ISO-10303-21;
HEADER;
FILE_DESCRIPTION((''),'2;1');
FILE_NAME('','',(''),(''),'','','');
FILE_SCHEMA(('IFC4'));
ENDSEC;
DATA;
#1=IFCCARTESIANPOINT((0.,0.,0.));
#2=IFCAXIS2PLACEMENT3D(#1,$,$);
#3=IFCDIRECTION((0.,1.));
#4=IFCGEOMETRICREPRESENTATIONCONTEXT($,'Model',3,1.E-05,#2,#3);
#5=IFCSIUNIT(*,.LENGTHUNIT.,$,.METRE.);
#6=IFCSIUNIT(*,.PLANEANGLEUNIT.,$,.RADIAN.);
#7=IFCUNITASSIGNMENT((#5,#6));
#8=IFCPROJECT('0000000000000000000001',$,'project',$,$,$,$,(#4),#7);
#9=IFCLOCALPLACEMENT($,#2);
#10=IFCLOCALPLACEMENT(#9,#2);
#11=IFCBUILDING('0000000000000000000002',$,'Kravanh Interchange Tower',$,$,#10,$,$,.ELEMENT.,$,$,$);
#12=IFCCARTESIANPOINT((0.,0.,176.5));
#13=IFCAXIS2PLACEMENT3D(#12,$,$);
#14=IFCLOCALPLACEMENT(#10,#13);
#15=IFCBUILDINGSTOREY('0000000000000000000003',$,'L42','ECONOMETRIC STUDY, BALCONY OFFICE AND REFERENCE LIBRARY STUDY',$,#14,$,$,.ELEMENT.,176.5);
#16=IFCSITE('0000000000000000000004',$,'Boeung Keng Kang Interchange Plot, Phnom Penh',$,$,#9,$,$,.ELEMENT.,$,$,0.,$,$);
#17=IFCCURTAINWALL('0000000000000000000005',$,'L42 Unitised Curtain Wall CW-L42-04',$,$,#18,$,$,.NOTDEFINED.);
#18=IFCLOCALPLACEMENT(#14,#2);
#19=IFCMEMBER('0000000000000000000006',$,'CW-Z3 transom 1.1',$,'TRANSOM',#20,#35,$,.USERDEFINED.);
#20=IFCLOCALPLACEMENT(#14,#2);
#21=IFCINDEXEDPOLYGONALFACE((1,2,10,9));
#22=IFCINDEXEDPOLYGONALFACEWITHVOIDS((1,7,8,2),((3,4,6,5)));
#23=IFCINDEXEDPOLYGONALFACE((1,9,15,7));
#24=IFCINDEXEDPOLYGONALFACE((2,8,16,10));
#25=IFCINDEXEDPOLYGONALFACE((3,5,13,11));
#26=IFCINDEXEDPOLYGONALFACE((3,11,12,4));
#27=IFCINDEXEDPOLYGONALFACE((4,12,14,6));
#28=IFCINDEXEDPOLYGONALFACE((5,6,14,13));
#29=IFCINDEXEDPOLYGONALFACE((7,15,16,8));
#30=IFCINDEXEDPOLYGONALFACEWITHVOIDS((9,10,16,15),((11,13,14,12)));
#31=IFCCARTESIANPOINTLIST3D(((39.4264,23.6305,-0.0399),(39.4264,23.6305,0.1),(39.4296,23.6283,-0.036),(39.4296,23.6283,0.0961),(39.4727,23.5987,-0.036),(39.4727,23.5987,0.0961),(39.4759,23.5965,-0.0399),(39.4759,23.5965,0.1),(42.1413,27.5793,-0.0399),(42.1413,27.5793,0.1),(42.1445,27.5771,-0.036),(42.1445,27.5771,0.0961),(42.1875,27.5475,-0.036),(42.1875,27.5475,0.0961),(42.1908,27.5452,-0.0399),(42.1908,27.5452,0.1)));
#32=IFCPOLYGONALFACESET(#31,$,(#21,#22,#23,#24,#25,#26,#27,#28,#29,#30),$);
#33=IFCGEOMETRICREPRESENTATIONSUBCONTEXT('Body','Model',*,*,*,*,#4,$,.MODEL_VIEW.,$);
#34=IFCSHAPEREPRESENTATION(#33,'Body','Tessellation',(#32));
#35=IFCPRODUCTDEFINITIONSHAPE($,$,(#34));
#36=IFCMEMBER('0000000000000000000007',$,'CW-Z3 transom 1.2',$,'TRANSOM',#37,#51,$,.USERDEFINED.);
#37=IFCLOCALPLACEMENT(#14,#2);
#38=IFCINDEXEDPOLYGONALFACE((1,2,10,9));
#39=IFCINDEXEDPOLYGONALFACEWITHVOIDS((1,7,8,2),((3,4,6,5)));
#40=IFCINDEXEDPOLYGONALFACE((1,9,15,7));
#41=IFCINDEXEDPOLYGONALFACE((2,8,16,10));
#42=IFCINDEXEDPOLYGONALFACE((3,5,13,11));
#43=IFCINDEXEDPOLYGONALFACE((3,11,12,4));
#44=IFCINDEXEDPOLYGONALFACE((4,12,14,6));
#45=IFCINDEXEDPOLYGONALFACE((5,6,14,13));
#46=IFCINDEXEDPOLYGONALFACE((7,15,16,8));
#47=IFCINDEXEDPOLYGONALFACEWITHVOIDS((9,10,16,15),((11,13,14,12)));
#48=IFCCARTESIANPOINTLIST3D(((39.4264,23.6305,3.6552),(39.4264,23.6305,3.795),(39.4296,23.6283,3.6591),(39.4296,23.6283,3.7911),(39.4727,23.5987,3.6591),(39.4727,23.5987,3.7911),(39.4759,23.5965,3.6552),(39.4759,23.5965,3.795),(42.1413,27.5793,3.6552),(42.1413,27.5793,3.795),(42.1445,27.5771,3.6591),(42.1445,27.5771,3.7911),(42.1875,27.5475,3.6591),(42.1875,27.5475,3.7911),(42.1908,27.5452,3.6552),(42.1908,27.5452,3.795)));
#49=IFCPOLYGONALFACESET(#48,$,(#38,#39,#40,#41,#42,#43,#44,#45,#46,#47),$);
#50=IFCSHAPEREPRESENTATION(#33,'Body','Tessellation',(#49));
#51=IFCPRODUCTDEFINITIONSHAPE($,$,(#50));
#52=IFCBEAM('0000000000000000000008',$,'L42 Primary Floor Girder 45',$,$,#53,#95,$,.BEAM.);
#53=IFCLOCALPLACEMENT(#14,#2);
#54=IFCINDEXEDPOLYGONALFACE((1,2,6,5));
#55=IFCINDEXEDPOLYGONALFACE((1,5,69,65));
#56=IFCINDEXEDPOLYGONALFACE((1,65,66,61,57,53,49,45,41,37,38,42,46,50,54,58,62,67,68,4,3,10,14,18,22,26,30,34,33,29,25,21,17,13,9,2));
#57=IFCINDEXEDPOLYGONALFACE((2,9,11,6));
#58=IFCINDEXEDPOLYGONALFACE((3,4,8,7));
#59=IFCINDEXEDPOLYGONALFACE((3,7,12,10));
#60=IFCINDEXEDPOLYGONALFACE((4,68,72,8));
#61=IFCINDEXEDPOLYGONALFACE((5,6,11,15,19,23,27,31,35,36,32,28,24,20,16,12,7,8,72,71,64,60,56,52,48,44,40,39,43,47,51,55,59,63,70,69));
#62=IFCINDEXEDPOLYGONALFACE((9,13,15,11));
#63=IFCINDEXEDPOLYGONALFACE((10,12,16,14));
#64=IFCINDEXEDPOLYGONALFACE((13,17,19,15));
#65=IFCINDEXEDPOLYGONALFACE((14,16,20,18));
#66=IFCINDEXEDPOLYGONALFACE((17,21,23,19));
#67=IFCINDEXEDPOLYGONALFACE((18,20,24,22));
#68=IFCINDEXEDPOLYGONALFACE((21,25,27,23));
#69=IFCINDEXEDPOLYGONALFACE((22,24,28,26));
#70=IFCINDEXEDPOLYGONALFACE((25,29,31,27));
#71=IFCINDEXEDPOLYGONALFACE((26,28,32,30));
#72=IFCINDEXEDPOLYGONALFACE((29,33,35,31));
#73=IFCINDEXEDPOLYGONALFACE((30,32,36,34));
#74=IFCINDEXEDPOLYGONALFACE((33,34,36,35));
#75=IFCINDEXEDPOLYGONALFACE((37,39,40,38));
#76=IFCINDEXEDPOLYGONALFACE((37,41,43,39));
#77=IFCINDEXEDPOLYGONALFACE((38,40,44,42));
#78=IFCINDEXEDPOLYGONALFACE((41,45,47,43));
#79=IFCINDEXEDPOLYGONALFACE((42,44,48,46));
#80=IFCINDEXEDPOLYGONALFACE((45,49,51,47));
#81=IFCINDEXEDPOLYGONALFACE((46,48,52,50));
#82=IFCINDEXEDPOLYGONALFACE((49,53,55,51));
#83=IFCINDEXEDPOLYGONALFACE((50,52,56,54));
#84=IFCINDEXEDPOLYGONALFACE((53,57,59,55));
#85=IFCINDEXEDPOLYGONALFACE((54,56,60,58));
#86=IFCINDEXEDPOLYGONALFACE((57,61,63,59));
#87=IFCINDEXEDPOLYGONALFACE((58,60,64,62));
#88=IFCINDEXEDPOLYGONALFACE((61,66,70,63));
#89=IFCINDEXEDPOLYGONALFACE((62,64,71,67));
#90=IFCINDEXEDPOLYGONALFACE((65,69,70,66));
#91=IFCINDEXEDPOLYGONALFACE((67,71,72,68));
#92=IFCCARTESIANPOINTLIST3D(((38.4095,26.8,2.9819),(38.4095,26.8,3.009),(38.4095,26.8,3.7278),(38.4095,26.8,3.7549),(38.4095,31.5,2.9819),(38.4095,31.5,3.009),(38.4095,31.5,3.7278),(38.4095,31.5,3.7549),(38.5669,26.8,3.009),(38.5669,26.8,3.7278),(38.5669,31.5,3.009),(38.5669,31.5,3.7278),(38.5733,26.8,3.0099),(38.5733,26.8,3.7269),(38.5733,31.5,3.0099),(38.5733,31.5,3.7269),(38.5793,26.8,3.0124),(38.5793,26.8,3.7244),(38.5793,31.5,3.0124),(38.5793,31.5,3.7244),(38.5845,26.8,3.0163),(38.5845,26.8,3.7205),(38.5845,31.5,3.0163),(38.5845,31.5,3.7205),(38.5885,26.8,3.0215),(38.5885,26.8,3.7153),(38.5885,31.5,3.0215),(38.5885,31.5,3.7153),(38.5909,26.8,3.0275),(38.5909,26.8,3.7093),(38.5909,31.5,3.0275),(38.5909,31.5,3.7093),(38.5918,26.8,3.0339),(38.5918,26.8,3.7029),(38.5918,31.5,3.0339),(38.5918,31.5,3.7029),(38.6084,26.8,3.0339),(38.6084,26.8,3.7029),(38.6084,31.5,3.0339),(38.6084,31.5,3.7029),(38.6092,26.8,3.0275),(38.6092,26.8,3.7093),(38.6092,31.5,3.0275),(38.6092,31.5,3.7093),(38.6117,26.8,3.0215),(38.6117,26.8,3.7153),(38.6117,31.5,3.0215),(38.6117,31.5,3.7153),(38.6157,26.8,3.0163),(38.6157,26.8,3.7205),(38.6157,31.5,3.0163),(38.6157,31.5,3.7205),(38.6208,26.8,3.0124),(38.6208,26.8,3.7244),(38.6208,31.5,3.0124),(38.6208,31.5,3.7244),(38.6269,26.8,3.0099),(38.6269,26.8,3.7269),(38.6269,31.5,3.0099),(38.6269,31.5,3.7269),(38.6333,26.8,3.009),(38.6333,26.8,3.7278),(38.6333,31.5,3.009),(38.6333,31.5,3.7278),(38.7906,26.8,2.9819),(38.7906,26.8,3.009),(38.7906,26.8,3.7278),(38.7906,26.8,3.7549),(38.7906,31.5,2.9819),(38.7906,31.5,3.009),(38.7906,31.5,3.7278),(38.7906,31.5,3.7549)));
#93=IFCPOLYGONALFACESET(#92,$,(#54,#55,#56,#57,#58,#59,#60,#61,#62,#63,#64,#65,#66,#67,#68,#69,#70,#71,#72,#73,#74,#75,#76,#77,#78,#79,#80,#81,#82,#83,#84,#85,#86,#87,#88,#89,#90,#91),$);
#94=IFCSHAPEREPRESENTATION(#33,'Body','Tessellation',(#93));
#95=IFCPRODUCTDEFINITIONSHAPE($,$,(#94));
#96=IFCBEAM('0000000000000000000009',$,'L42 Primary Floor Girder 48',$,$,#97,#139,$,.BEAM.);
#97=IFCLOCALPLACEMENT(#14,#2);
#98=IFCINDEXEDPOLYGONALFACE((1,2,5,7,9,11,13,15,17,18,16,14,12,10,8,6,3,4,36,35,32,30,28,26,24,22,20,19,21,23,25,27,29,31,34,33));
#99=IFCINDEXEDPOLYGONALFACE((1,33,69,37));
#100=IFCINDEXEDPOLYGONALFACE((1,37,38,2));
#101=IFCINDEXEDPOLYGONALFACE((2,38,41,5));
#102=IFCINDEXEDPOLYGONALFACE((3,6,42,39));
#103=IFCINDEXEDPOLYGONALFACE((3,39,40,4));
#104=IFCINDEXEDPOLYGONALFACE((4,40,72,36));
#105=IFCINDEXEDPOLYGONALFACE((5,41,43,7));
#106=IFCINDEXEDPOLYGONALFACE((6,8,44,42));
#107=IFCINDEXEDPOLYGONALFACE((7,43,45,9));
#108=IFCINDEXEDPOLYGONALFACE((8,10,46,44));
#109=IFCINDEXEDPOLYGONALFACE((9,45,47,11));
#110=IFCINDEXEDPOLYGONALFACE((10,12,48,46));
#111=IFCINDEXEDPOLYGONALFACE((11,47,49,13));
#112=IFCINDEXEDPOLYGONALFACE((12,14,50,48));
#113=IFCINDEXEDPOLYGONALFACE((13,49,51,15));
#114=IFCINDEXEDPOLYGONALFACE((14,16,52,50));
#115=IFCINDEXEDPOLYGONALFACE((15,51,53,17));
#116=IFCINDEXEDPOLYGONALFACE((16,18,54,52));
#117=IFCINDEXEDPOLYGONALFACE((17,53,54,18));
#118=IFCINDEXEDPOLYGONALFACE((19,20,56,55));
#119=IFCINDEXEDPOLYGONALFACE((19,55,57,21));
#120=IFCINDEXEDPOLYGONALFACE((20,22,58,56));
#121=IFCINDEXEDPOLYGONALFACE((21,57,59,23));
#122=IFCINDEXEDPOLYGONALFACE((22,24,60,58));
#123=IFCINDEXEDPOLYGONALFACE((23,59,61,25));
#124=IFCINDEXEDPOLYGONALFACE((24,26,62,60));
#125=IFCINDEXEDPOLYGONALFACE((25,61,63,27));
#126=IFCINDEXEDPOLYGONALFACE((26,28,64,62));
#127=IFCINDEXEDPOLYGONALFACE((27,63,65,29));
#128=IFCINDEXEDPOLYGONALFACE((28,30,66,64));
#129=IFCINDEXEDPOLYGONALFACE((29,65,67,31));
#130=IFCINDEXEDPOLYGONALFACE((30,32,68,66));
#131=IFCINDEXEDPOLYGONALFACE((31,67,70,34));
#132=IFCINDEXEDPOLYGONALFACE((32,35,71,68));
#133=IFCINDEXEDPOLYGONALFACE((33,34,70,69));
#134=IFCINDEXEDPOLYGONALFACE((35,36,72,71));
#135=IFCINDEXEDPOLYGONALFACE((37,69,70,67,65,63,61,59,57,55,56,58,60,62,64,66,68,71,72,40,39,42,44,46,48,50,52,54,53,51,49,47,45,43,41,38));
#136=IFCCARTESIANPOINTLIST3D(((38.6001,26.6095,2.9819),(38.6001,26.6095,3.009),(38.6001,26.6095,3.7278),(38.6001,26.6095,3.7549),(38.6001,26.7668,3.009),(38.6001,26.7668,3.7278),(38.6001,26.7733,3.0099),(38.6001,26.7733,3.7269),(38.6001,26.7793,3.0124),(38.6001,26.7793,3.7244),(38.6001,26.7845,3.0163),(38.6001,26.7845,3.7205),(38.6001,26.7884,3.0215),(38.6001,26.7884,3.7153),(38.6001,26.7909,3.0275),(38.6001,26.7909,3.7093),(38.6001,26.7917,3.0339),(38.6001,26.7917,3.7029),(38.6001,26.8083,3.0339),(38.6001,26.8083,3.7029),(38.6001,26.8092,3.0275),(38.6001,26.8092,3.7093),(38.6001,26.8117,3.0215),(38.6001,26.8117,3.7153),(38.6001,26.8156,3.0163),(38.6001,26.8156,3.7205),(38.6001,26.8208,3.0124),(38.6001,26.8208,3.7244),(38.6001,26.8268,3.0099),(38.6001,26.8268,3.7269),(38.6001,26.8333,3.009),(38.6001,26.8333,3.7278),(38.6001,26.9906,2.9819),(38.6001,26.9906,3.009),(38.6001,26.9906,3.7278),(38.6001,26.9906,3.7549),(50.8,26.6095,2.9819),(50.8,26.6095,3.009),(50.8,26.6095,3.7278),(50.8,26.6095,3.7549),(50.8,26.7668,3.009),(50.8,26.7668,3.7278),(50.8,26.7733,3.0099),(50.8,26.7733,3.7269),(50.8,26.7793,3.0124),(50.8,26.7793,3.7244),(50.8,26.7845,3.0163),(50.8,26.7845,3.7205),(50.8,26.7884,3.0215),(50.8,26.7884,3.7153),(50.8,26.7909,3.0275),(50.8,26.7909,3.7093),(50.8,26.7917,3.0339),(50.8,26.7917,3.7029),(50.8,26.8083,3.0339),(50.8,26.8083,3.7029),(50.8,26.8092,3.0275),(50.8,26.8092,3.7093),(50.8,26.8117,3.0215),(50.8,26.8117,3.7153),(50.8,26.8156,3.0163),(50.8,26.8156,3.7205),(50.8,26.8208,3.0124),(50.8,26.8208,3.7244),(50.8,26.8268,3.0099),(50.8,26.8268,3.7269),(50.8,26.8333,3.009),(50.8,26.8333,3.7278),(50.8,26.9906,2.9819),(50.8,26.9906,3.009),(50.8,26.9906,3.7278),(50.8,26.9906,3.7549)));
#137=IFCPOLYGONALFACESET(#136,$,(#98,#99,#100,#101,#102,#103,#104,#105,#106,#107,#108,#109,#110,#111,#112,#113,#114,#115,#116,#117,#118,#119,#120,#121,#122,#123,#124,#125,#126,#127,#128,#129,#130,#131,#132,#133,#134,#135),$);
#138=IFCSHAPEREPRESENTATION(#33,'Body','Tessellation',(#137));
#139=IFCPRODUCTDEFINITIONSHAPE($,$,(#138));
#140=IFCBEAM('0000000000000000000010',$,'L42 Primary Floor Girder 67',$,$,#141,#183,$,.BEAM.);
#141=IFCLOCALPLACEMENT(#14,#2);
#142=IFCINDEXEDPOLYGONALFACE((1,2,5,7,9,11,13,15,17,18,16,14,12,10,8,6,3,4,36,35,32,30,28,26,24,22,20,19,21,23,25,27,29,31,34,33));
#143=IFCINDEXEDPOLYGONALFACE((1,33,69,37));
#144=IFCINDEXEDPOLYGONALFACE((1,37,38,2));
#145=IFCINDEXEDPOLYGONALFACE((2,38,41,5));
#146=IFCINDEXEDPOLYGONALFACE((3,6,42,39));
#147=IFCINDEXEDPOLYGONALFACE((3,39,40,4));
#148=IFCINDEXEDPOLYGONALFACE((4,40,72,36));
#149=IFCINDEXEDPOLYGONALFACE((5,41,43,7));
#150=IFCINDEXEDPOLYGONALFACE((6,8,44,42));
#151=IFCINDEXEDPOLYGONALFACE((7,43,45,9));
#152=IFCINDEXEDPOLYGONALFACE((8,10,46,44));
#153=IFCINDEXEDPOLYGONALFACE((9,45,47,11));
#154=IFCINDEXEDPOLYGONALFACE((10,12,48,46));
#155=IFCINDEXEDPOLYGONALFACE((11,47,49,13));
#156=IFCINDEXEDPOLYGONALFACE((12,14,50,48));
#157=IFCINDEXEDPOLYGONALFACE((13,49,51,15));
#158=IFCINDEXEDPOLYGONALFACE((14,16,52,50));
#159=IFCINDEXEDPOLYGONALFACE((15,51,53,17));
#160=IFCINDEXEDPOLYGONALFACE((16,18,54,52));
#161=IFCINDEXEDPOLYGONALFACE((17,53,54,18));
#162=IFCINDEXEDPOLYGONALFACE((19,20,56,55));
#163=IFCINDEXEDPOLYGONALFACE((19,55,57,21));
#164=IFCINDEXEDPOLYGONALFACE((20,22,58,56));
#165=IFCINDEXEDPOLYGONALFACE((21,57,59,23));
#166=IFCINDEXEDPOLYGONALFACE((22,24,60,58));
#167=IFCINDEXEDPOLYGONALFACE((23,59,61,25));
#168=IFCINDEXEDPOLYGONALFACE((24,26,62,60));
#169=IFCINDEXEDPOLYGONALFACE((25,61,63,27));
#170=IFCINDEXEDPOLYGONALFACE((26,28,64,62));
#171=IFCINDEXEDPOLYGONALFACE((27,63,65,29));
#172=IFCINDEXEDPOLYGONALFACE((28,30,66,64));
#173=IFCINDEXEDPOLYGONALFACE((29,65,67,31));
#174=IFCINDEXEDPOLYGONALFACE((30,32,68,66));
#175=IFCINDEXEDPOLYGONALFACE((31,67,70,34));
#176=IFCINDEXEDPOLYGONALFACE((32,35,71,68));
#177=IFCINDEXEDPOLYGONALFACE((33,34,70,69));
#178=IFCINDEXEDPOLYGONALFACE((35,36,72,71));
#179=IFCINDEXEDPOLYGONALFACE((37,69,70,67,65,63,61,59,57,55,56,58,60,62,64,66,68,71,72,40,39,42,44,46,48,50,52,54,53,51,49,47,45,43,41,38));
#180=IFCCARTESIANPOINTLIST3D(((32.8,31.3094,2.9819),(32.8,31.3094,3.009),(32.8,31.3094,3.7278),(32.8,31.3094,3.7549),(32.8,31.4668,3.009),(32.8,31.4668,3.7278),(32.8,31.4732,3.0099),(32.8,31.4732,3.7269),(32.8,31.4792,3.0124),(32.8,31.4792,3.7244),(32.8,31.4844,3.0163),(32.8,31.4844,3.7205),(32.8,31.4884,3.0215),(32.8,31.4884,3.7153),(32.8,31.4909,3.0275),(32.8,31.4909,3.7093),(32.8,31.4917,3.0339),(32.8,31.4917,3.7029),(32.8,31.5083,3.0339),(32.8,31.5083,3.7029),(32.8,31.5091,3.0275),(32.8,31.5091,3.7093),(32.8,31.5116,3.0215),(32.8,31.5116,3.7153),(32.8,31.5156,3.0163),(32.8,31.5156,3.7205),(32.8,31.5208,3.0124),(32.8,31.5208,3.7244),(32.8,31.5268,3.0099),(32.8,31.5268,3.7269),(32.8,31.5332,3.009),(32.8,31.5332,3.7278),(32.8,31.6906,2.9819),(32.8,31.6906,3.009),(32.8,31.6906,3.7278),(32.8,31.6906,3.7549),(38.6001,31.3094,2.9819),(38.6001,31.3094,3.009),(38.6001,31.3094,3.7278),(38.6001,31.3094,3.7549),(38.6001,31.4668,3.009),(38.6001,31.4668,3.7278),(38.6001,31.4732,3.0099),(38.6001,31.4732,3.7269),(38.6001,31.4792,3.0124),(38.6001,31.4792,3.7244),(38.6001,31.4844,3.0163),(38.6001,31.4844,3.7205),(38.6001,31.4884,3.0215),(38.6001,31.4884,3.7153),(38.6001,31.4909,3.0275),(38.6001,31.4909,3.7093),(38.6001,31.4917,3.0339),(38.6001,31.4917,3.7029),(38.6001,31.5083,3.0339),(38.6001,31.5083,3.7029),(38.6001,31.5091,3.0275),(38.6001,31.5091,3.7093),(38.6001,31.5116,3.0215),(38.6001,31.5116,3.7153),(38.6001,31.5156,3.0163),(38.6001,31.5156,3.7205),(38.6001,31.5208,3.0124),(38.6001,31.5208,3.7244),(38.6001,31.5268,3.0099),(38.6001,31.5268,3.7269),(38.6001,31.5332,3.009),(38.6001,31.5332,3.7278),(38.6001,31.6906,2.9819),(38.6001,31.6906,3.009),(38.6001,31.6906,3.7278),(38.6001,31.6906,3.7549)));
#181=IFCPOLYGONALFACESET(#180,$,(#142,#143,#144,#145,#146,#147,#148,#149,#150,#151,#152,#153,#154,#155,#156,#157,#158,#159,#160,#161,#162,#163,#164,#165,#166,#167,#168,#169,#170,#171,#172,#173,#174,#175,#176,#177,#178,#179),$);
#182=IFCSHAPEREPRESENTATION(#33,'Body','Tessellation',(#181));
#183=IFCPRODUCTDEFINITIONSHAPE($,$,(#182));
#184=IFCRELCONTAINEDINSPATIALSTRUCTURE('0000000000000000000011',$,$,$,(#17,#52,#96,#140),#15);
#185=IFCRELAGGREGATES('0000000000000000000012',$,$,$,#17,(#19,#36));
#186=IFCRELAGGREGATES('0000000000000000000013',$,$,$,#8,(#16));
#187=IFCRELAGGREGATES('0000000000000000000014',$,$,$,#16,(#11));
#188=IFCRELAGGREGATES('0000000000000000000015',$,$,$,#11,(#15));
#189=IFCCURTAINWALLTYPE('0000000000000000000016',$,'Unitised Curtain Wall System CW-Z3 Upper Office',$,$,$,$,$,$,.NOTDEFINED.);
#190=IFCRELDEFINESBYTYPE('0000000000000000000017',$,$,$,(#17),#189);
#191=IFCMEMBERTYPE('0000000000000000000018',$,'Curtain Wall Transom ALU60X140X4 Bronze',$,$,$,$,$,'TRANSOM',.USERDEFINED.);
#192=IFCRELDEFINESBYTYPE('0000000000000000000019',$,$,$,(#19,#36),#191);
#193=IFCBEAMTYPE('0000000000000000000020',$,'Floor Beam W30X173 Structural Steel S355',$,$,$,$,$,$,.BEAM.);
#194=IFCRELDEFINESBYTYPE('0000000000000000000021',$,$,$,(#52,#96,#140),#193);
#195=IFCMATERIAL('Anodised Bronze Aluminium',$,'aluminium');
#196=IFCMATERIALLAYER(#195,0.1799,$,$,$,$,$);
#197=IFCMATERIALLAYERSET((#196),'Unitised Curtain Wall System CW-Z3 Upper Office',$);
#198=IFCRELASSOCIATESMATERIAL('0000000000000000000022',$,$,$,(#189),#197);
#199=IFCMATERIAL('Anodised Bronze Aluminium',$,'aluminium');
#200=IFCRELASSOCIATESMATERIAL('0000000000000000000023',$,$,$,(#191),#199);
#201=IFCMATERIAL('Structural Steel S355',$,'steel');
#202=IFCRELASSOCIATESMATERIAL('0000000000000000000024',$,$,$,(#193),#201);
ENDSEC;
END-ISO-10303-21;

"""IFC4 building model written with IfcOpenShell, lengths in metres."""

from ifc_helpers import new_model, si_unit, direction, frame, origin, origin_2d, place, context, subcontext, project, spatial, hollow_rectangle, i_section, extrude, material, layer, layer_set, material_profile, profile_set, type_object, element, aggregate, save


model = new_model("IFC4")

# Units and contexts
model_context = context("Model", 3, precision=1e-05, world=origin(), true_north=direction((0.0, 1.0)))
body_context = subcontext(model_context, "Body", "Model", "MODEL_VIEW")
ifc_project = project(units=[si_unit("LENGTHUNIT", "METRE"), si_unit("PLANEANGLEUNIT", "RADIAN")], contexts=[model_context])

# Site, building, storey
site_placement = place(None, origin())
site = spatial("IfcSite", under=ifc_project, at=site_placement, Name="Boeung Keng Kang Interchange Plot, Phnom Penh", CompositionType="ELEMENT", RefElevation=0.0)
building_placement = place(site_placement, origin())
building = spatial("IfcBuilding", under=site, at=building_placement, Name="Kravanh Interchange Tower", CompositionType="ELEMENT")
storey_placement = place(building_placement, frame((0.0, 0.0, 176.5)))
storey = spatial("IfcBuildingStorey", under=building, at=storey_placement, Name="L42", Description="ECONOMETRIC STUDY, BALCONY OFFICE AND REFERENCE LIBRARY STUDY", CompositionType="ELEMENT", Elevation=176.5)

# Curtain wall, members
ifc_material_1 = material(Name="Anodised Bronze Aluminium", Category="aluminium")
ifc_layer = layer(ifc_material_1, 0.1799)
ifc_layer_set = layer_set([ifc_layer], Name="Unitised Curtain Wall System CW-Z3 Upper Office")
curtain_wall_type = type_object("IfcCurtainWallType", Name="Unitised Curtain Wall System CW-Z3 Upper Office", PredefinedType="NOTDEFINED", material=ifc_layer_set)
curtain_wall_placement = place(storey_placement, origin())
curtain_wall = element("IfcCurtainWall", 1, at=curtain_wall_placement, inside=storey, type_object=curtain_wall_type, Name="L42 Unitised Curtain Wall CW-L42-04", PredefinedType="NOTDEFINED")
ifc_material_2 = material(Name="Anodised Bronze Aluminium", Category="aluminium")
ifc_material_profile_1 = material_profile(ifc_material_2, hollow_rectangle(XDim=0.0601, YDim=0.1399, WallThickness=0.0039, at=origin_2d()), Name="ALU60X140X4")
ifc_profile_set_1 = profile_set([ifc_material_profile_1], Name="Anodised Bronze Aluminium")
member_type = type_object("IfcMemberType", Name="Curtain Wall Transom ALU60X140X4 Bronze", ElementType="TRANSOM", PredefinedType="USERDEFINED", material=ifc_profile_set_1)
member_1_placement = place(storey_placement, frame((42.166, 27.5623, 0.03), z_axis=(-0.566542, -0.824033, 0.0), x_axis=(0.824033, -0.566542, 0.0)))
member_1 = element("IfcMember", 2, at=member_1_placement, type_object=member_type, Name="CW-Z3 transom 1.1", ObjectType="TRANSOM", PredefinedType="USERDEFINED", context=body_context, shape_type="SweptSolid", body=[
    extrude(hollow_rectangle(XDim=0.0601, YDim=0.1399, WallThickness=0.0039, at=origin_2d()), origin(), (0.0, 0.0, 1.0), 4.792),
])
member_2_placement = place(storey_placement, frame((42.166, 27.5623, 3.7251), z_axis=(-0.566542, -0.824033, 0.0), x_axis=(0.824033, -0.566542, 0.0)))
member_2 = element("IfcMember", 3, at=member_2_placement, type_object=member_type, Name="CW-Z3 transom 1.2", ObjectType="TRANSOM", PredefinedType="USERDEFINED", context=body_context, shape_type="SweptSolid", body=[
    extrude(hollow_rectangle(XDim=0.0601, YDim=0.1399, WallThickness=0.0039, at=origin_2d()), origin(), (0.0, 0.0, 1.0), 4.792),
])
aggregate(curtain_wall, [member_1, member_2])

# Beams
ifc_material_3 = material(Name="Structural Steel S355", Category="steel")
ifc_material_profile_2 = material_profile(ifc_material_3, i_section(OverallWidth=0.3811, OverallDepth=0.7729, WebThickness=0.0166, FlangeThickness=0.0271, FilletRadius=0.0249, at=origin_2d()), Name="W30X173")
ifc_profile_set_2 = profile_set([ifc_material_profile_2], Name="Structural Steel S355")
beam_type_1 = type_object("IfcBeamType", Name="Floor Beam W30X173 Structural Steel S355", PredefinedType="BEAM", material=ifc_profile_set_2)
beam_1_placement = place(storey_placement, frame((38.6001, 26.8, 3.3684), z_axis=(0.0, 1.0, 0.0), x_axis=(-1.0, 0.0, 0.0)))
element("IfcBeam", 4, at=beam_1_placement, inside=storey, type_object=beam_type_1, Name="L42 Primary Floor Girder 45", PredefinedType="BEAM", context=body_context, shape_type="SweptSolid", body=[
    extrude(i_section(OverallWidth=0.3811, OverallDepth=0.7729, WebThickness=0.0166, FlangeThickness=0.0271, FilletRadius=0.0249, at=origin_2d()), origin(), (0.0, 0.0, 1.0), 4.7),
])
beam_2_placement = place(storey_placement, frame((38.6001, 26.8, 3.3684), z_axis=(1.0, 0.0, 0.0), x_axis=(0.0, 1.0, 0.0)))
element("IfcBeam", 5, at=beam_2_placement, inside=storey, type_object=beam_type_1, Name="L42 Primary Floor Girder 48", PredefinedType="BEAM", context=body_context, shape_type="SweptSolid", body=[
    extrude(i_section(OverallWidth=0.3811, OverallDepth=0.7729, WebThickness=0.0166, FlangeThickness=0.0271, FilletRadius=0.0249, at=origin_2d()), origin(), (0.0, 0.0, 1.0), 12.2),
])
beam_3_placement = place(storey_placement, frame((32.8, 31.5, 3.3684), z_axis=(1.0, 0.0, 0.0), x_axis=(0.0, 1.0, 0.0)))
element("IfcBeam", 6, at=beam_3_placement, inside=storey, type_object=beam_type_1, Name="L42 Primary Floor Girder 67", PredefinedType="BEAM", context=body_context, shape_type="SweptSolid", body=[
    extrude(i_section(OverallWidth=0.3811, OverallDepth=0.7729, WebThickness=0.0166, FlangeThickness=0.0271, FilletRadius=0.0249, at=origin_2d()), origin(), (0.0, 0.0, 1.0), 5.8),
])

save(model, "model.ifc")
